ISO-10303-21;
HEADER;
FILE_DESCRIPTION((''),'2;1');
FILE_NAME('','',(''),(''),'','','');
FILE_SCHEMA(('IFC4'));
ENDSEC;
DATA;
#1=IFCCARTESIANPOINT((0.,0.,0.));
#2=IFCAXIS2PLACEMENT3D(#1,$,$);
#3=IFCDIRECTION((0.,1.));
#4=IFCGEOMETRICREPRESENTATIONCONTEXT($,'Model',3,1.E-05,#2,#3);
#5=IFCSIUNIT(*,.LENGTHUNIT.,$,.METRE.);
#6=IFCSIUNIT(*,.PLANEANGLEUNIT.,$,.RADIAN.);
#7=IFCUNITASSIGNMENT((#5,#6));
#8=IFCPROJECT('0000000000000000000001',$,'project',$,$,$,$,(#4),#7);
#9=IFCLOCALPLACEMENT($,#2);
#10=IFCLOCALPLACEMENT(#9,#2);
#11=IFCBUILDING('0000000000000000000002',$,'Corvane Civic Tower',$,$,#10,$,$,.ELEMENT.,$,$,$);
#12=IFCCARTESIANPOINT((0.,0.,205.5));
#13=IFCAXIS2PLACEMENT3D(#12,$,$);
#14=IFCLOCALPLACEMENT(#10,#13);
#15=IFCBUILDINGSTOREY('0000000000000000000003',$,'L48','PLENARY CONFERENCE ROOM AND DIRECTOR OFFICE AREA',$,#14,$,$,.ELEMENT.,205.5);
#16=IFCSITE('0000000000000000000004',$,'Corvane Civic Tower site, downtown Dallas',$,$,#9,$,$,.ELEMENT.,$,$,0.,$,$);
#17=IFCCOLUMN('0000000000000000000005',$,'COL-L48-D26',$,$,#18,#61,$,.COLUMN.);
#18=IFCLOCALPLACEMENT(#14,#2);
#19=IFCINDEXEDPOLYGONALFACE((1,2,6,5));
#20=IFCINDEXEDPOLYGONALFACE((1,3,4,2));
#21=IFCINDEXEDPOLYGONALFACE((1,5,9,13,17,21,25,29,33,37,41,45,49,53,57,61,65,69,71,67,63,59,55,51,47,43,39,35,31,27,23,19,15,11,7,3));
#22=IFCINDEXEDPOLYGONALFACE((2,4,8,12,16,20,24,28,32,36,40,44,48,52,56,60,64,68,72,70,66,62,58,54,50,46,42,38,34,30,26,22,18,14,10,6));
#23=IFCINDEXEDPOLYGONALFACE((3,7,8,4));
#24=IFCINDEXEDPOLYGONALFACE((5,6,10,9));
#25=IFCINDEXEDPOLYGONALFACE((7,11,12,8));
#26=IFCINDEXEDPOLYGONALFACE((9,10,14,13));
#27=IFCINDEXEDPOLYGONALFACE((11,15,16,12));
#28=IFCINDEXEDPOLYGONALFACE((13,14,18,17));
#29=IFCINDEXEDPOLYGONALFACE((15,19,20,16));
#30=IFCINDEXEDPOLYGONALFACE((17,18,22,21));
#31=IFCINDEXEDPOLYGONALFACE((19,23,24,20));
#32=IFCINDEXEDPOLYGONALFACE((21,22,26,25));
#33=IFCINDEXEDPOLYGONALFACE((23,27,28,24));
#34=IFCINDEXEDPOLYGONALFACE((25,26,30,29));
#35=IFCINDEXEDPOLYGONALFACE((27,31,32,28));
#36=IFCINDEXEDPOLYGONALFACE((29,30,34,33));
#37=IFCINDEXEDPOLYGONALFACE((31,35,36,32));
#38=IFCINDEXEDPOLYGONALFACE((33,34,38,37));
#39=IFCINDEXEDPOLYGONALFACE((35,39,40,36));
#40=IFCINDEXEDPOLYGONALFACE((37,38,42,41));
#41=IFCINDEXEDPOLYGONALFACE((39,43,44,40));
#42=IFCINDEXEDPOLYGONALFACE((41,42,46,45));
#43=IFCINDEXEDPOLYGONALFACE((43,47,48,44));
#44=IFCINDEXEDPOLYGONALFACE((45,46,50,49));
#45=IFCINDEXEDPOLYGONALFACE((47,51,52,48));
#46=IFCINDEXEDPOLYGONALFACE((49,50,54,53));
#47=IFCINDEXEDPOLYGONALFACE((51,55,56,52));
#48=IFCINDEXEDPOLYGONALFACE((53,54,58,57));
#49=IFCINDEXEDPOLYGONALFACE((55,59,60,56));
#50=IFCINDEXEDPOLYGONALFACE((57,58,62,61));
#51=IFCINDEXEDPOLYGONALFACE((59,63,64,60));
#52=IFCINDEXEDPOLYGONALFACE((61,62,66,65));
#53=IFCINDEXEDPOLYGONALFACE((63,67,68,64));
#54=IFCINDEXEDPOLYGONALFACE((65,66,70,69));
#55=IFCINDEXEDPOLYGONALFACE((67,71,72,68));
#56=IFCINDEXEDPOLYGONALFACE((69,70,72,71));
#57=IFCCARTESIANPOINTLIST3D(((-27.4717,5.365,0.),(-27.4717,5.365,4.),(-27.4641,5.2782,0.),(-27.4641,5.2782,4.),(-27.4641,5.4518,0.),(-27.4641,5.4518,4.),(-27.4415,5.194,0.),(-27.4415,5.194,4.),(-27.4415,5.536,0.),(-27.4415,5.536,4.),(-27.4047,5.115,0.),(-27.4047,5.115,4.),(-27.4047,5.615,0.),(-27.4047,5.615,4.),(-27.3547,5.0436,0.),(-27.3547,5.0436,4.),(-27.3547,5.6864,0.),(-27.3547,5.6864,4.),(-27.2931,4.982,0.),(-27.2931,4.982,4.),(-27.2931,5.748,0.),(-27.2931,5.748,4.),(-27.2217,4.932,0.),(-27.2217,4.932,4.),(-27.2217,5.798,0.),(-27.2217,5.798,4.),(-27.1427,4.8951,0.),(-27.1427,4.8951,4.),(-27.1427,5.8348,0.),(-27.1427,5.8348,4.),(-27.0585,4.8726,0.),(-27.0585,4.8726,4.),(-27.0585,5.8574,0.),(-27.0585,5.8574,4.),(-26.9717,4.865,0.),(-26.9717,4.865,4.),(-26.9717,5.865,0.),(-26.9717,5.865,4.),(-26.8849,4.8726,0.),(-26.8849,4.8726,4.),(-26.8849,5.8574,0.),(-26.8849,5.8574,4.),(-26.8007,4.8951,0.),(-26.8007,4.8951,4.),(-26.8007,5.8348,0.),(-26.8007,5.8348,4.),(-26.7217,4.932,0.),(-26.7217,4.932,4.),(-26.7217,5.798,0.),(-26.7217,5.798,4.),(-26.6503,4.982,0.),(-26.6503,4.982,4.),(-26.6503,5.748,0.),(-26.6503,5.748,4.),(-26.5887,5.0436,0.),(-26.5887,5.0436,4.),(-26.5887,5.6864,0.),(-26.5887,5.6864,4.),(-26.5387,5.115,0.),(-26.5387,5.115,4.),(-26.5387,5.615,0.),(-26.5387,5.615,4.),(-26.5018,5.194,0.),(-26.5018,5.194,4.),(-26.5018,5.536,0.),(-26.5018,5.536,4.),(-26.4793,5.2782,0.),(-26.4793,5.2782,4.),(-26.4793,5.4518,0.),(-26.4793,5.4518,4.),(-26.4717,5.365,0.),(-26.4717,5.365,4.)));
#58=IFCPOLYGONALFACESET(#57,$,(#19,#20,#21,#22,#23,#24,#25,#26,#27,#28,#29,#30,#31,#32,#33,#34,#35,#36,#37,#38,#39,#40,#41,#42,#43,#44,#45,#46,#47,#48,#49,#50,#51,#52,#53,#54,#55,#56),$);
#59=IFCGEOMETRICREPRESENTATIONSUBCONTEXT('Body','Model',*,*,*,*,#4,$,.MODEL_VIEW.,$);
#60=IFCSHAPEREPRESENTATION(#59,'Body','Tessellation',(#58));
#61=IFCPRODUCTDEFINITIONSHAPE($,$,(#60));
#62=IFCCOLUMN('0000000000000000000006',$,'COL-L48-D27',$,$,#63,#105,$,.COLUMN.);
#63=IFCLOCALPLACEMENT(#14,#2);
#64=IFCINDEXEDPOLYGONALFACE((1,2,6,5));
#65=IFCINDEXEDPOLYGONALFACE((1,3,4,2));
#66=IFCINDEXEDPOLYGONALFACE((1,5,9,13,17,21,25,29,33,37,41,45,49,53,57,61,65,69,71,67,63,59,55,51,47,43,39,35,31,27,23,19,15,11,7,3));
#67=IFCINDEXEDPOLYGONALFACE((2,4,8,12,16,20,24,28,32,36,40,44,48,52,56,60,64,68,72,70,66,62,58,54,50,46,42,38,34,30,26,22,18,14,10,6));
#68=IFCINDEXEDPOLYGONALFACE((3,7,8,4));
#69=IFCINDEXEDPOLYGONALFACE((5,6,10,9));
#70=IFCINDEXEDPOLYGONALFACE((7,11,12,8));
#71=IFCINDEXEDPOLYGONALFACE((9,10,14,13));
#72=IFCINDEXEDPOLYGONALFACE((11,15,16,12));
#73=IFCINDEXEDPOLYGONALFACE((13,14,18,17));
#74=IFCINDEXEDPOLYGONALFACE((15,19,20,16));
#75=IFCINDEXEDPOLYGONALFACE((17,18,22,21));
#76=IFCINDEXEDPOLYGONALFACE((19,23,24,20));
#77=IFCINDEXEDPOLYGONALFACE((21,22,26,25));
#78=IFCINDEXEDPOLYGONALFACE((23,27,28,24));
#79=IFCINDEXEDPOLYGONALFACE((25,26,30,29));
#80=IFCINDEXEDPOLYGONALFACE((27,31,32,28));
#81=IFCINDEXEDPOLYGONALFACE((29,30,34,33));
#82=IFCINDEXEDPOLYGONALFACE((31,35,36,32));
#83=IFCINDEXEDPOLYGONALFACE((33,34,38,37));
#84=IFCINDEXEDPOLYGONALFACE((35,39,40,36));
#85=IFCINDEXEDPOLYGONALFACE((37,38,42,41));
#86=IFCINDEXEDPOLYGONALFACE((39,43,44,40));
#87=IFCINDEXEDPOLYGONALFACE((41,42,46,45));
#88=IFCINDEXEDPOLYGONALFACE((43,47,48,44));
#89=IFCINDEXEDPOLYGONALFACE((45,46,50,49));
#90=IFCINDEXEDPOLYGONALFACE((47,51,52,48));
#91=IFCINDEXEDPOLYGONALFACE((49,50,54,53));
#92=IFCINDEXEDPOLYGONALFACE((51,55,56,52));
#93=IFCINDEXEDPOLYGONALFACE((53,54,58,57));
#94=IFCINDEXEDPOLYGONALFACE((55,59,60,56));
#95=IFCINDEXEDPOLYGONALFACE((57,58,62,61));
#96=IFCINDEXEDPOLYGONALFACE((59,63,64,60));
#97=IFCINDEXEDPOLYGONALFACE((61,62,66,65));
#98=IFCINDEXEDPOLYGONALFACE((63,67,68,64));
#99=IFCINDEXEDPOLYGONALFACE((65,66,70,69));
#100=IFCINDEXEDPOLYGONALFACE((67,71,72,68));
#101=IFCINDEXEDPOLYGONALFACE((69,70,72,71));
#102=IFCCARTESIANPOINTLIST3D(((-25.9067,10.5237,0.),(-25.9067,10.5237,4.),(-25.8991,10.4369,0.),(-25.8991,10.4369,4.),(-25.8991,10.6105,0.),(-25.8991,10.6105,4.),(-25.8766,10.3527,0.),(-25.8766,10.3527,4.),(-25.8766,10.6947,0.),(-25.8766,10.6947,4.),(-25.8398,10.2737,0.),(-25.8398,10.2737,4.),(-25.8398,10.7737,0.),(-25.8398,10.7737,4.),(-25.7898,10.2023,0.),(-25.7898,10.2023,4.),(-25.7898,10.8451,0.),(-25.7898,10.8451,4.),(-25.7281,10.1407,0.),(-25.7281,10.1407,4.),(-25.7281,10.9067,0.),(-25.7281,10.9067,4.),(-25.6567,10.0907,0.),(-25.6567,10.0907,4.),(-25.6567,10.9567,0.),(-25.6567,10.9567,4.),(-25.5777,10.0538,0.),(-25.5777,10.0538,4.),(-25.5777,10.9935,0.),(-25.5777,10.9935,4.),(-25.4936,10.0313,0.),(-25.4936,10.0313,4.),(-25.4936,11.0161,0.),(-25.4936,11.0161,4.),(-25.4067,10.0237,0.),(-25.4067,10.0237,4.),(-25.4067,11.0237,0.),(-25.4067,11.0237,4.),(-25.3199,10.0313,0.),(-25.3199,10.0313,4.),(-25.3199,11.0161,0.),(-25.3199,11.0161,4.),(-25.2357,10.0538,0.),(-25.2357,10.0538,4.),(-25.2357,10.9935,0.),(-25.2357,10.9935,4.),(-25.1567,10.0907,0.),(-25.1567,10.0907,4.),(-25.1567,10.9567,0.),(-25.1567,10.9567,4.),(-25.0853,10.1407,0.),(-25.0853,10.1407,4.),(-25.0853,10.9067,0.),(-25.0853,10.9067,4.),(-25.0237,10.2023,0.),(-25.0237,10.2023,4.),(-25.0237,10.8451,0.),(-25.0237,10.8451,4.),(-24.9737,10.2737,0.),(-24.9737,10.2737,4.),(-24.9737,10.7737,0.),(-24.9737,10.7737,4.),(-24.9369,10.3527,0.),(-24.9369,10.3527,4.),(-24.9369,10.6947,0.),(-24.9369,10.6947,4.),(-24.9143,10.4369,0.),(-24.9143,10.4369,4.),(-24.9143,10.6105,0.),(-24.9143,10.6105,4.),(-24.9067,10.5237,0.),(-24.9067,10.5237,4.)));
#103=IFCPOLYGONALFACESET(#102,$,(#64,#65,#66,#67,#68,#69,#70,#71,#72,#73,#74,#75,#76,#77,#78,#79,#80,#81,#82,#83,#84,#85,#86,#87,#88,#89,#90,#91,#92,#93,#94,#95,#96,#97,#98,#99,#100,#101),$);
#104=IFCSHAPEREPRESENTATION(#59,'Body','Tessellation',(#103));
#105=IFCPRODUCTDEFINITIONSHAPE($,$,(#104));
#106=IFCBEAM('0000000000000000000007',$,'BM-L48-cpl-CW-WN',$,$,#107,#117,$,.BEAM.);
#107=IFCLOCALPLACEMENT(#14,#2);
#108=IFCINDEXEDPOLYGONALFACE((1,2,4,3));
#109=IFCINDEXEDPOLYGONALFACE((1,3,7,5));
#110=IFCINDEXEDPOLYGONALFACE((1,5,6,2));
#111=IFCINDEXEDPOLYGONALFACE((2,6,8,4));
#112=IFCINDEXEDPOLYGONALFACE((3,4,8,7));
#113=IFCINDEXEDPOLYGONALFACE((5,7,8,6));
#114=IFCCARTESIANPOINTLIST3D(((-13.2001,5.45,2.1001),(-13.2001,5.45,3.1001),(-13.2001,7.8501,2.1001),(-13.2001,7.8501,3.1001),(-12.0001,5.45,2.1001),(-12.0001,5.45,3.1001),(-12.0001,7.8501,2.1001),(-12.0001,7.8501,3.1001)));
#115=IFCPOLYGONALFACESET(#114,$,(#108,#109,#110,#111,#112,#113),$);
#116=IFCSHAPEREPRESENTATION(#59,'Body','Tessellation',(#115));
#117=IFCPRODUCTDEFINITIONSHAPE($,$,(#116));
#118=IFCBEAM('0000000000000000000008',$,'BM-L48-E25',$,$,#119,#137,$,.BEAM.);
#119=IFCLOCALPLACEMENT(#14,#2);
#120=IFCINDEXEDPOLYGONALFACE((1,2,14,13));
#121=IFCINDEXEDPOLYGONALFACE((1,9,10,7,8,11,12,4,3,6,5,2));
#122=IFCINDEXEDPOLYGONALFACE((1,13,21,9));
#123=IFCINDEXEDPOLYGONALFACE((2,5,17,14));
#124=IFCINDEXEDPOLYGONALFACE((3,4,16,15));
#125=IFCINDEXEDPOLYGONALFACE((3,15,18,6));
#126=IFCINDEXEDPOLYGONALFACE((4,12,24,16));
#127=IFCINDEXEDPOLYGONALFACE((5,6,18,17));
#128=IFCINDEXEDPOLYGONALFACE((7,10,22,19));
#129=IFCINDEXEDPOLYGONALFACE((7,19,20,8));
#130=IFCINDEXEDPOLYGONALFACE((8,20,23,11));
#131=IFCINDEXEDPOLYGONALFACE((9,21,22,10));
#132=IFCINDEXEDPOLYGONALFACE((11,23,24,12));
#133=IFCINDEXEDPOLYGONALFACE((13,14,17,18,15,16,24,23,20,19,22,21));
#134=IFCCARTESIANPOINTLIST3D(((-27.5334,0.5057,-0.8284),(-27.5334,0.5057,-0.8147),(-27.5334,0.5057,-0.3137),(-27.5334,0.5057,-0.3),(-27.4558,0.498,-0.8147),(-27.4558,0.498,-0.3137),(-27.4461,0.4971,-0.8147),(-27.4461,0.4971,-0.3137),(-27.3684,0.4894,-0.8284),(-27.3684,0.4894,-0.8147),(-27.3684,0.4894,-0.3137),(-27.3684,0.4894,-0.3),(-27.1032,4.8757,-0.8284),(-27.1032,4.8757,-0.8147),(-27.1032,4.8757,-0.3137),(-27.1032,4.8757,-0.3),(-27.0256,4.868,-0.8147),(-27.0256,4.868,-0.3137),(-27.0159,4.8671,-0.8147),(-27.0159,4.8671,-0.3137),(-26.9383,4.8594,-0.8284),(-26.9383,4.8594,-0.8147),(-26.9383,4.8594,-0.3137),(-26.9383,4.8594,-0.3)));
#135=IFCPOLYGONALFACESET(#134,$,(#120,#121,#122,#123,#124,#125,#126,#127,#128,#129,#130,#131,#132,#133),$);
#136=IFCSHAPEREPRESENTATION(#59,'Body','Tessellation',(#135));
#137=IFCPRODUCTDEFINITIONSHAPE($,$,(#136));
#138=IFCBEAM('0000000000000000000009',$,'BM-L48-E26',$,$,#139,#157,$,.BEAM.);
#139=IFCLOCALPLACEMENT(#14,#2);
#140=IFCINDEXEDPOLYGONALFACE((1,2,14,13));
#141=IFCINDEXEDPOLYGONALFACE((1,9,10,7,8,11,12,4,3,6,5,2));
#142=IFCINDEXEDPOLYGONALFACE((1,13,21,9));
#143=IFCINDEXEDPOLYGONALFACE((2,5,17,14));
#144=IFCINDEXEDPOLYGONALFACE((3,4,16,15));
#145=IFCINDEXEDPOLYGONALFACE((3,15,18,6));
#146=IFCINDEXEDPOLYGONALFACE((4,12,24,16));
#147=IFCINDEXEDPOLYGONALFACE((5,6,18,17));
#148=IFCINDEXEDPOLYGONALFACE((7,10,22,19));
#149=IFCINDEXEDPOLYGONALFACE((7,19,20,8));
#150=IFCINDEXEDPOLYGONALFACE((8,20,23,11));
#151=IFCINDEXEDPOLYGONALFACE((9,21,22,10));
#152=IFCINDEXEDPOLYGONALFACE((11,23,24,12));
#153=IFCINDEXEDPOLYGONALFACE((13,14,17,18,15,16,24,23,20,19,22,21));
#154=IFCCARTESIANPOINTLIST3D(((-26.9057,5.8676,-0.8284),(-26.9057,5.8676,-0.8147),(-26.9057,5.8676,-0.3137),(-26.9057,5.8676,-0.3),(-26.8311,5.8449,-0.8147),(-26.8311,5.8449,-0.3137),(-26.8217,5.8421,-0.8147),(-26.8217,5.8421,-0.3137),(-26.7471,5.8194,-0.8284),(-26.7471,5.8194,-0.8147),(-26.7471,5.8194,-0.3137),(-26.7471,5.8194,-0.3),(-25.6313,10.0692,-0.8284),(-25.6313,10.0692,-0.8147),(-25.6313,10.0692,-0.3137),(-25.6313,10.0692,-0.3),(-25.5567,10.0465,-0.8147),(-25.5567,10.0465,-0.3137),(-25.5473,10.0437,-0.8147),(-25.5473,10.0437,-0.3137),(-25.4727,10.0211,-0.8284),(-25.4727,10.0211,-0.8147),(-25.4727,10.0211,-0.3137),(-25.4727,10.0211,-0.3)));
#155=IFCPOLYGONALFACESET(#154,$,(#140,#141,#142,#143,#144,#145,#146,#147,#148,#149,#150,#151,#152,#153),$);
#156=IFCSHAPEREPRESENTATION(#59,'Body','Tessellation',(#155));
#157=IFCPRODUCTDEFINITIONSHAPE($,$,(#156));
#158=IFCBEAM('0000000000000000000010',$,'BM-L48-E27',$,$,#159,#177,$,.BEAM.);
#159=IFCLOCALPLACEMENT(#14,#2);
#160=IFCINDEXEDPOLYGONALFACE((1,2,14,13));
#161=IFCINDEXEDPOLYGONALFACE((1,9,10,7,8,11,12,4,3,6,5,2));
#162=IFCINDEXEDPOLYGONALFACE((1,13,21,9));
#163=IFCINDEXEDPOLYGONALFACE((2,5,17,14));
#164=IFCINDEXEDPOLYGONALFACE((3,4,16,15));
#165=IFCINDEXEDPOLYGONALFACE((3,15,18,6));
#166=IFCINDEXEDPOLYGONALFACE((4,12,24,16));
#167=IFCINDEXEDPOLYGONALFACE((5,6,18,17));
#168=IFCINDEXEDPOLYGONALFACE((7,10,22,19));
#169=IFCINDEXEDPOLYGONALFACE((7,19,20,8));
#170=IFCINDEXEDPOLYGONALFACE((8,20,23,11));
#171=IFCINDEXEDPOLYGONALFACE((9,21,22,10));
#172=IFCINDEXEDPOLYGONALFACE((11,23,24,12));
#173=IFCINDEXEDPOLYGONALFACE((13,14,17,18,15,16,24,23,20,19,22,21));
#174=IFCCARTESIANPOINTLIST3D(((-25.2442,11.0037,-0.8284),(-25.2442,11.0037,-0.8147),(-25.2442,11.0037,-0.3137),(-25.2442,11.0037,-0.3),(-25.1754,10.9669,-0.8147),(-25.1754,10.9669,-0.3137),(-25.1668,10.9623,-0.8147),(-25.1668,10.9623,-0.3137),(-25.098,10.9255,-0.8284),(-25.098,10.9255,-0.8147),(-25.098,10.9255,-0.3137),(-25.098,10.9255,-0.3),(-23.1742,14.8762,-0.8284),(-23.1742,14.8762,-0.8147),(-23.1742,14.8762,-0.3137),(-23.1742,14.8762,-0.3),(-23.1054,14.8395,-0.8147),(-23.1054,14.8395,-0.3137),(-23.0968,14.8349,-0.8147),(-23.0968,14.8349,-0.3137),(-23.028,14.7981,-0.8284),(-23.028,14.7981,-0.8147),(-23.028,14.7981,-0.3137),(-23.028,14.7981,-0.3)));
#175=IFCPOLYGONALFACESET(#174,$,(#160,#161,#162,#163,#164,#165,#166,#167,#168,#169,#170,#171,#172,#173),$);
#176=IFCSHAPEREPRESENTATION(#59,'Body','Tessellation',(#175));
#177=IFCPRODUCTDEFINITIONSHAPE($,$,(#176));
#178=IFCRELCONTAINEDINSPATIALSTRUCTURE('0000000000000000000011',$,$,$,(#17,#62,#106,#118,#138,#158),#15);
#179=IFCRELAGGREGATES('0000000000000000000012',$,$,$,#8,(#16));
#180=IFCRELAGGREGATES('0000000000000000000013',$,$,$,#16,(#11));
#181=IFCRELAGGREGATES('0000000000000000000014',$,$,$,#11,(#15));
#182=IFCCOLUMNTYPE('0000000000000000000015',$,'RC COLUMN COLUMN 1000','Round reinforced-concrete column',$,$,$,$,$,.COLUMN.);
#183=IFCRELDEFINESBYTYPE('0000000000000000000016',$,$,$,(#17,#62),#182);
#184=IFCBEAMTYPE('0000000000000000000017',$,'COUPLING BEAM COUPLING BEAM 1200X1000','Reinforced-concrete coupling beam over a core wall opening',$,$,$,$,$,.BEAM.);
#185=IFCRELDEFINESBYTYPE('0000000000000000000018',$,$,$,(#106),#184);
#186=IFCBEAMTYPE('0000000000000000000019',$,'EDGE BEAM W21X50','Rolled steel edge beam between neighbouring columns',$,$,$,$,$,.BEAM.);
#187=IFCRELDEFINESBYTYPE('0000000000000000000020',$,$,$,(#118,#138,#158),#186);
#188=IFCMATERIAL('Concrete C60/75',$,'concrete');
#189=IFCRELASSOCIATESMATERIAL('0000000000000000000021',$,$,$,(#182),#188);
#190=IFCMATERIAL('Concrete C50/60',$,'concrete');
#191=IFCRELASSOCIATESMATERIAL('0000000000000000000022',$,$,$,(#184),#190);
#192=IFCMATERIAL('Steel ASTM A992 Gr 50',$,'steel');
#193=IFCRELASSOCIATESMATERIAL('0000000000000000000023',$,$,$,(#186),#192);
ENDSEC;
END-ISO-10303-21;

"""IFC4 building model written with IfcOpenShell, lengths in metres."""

from ifc_helpers import new_model, si_unit, direction, frame, origin, origin_2d, place, context, subcontext, project, spatial, rectangle, circle, i_section, extrude, material, material_profile, profile_set, type_object, element, save


model = new_model("IFC4")

# Units and contexts
model_context = context("Model", 3, precision=1e-05, world=origin(), true_north=direction((0.0, 1.0)))
body_context = subcontext(model_context, "Body", "Model", "MODEL_VIEW")
ifc_project = project(units=[si_unit("LENGTHUNIT", "METRE"), si_unit("PLANEANGLEUNIT", "RADIAN")], contexts=[model_context])

# Site, building, storey
site_placement = place(None, origin())
site = spatial("IfcSite", under=ifc_project, at=site_placement, Name="Corvane Civic Tower site, downtown Dallas", CompositionType="ELEMENT", RefElevation=0.0)
building_placement = place(site_placement, origin())
building = spatial("IfcBuilding", under=site, at=building_placement, Name="Corvane Civic Tower", CompositionType="ELEMENT")
storey_placement = place(building_placement, frame((0.0, 0.0, 205.5)))
storey = spatial("IfcBuildingStorey", under=building, at=storey_placement, Name="L48", Description="PLENARY CONFERENCE ROOM AND DIRECTOR OFFICE AREA", CompositionType="ELEMENT", Elevation=205.5)

# Columns
ifc_material_1 = material(Name="Concrete C60/75", Category="concrete")
ifc_material_profile_1 = material_profile(ifc_material_1, circle(Radius=0.5, at=origin_2d()), Name="COLUMN 1000")
ifc_profile_set_1 = profile_set([ifc_material_profile_1], Name="Concrete C60/75")
column_type = type_object("IfcColumnType", Name="RC COLUMN COLUMN 1000", Description="Round reinforced-concrete column", PredefinedType="COLUMN", material=ifc_profile_set_1)
for number, where, z_axis, x_axis, name in (
    (1, (-26.9717, 5.365, 0.0), (0.0, 0.0, 1.0), (1.0, 0.0, 0.0), "COL-L48-D26"),
    (2, (-25.4067, 10.5237, 0.0), (0.0, 0.0, 1.0), (1.0, 0.0, 0.0), "COL-L48-D27"),
):
    element("IfcColumn", number, at=place(storey_placement, frame(where, z_axis=z_axis, x_axis=x_axis)), inside=storey, type_object=column_type, Name=name, PredefinedType="COLUMN", context=body_context, shape_type="SweptSolid", body=[
        extrude(circle(Radius=0.5, at=origin_2d()), origin(), (0.0, 0.0, 1.0), 4.0),
    ])

# Beams
ifc_material_2 = material(Name="Concrete C50/60", Category="concrete")
ifc_material_profile_2 = material_profile(ifc_material_2, rectangle(XDim=1.2, YDim=1.0, at=origin_2d()), Name="COUPLING BEAM 1200X1000")
ifc_profile_set_2 = profile_set([ifc_material_profile_2], Name="Concrete C50/60")
beam_type_1 = type_object("IfcBeamType", Name="COUPLING BEAM COUPLING BEAM 1200X1000", Description="Reinforced-concrete coupling beam over a core wall opening", PredefinedType="BEAM", material=ifc_profile_set_2)
beam_1_placement = place(storey_placement, frame((-12.6001, 5.45, 2.6001), z_axis=(0.0, 1.0, 0.0), x_axis=(-1.0, 0.0, 0.0)))
element("IfcBeam", 3, at=beam_1_placement, inside=storey, type_object=beam_type_1, Name="BM-L48-cpl-CW-WN", PredefinedType="BEAM", context=body_context, shape_type="SweptSolid", body=[
    extrude(rectangle(XDim=1.2, YDim=1.0, at=origin_2d()), origin(), (0.0, 0.0, 1.0), 2.4001),
])
ifc_material_3 = material(Name="Steel ASTM A992 Gr 50", Category="steel")
ifc_material_profile_3 = material_profile(ifc_material_3, i_section(OverallWidth=0.1658, OverallDepth=0.5283, WebThickness=0.0098, FlangeThickness=0.0137, at=origin_2d()), Name="W21X50")
ifc_profile_set_3 = profile_set([ifc_material_profile_3], Name="Steel ASTM A992 Gr 50")
beam_type_2 = type_object("IfcBeamType", Name="EDGE BEAM W21X50", Description="Rolled steel edge beam between neighbouring columns", PredefinedType="BEAM", material=ifc_profile_set_3)
beam_2_placement = place(storey_placement, frame((-27.4509, 0.4976, -0.5642), z_axis=(0.097968, 0.99519, 0.0), x_axis=(-0.99519, 0.097968, 0.0)))
element("IfcBeam", 4, at=beam_2_placement, inside=storey, type_object=beam_type_2, Name="BM-L48-E25", PredefinedType="BEAM", context=body_context, shape_type="SweptSolid", body=[
    extrude(i_section(OverallWidth=0.1658, OverallDepth=0.5283, WebThickness=0.0098, FlangeThickness=0.0137, at=origin_2d()), origin(), (0.0, 0.0, 1.0), 4.3911),
])
beam_3_placement = place(storey_placement, frame((-26.8264, 5.8435, -0.5642), z_axis=(0.290254, 0.95695, 0.0), x_axis=(-0.95695, 0.290254, 0.0)))
element("IfcBeam", 5, at=beam_3_placement, inside=storey, type_object=beam_type_2, Name="BM-L48-E26", PredefinedType="BEAM", context=body_context, shape_type="SweptSolid", body=[
    extrude(i_section(OverallWidth=0.1658, OverallDepth=0.5283, WebThickness=0.0098, FlangeThickness=0.0137, at=origin_2d()), origin(), (0.0, 0.0, 1.0), 4.3906),
])
beam_4_placement = place(storey_placement, frame((-25.1711, 10.9646, -0.5642), z_axis=(0.471422, 0.881908, 0.0), x_axis=(-0.881908, 0.471422, 0.0)))
element("IfcBeam", 6, at=beam_4_placement, inside=storey, type_object=beam_type_2, Name="BM-L48-E27", PredefinedType="BEAM", context=body_context, shape_type="SweptSolid", body=[
    extrude(i_section(OverallWidth=0.1658, OverallDepth=0.5283, WebThickness=0.0098, FlangeThickness=0.0137, at=origin_2d()), origin(), (0.0, 0.0, 1.0), 4.3911),
])

save(model, "model.ifc")
